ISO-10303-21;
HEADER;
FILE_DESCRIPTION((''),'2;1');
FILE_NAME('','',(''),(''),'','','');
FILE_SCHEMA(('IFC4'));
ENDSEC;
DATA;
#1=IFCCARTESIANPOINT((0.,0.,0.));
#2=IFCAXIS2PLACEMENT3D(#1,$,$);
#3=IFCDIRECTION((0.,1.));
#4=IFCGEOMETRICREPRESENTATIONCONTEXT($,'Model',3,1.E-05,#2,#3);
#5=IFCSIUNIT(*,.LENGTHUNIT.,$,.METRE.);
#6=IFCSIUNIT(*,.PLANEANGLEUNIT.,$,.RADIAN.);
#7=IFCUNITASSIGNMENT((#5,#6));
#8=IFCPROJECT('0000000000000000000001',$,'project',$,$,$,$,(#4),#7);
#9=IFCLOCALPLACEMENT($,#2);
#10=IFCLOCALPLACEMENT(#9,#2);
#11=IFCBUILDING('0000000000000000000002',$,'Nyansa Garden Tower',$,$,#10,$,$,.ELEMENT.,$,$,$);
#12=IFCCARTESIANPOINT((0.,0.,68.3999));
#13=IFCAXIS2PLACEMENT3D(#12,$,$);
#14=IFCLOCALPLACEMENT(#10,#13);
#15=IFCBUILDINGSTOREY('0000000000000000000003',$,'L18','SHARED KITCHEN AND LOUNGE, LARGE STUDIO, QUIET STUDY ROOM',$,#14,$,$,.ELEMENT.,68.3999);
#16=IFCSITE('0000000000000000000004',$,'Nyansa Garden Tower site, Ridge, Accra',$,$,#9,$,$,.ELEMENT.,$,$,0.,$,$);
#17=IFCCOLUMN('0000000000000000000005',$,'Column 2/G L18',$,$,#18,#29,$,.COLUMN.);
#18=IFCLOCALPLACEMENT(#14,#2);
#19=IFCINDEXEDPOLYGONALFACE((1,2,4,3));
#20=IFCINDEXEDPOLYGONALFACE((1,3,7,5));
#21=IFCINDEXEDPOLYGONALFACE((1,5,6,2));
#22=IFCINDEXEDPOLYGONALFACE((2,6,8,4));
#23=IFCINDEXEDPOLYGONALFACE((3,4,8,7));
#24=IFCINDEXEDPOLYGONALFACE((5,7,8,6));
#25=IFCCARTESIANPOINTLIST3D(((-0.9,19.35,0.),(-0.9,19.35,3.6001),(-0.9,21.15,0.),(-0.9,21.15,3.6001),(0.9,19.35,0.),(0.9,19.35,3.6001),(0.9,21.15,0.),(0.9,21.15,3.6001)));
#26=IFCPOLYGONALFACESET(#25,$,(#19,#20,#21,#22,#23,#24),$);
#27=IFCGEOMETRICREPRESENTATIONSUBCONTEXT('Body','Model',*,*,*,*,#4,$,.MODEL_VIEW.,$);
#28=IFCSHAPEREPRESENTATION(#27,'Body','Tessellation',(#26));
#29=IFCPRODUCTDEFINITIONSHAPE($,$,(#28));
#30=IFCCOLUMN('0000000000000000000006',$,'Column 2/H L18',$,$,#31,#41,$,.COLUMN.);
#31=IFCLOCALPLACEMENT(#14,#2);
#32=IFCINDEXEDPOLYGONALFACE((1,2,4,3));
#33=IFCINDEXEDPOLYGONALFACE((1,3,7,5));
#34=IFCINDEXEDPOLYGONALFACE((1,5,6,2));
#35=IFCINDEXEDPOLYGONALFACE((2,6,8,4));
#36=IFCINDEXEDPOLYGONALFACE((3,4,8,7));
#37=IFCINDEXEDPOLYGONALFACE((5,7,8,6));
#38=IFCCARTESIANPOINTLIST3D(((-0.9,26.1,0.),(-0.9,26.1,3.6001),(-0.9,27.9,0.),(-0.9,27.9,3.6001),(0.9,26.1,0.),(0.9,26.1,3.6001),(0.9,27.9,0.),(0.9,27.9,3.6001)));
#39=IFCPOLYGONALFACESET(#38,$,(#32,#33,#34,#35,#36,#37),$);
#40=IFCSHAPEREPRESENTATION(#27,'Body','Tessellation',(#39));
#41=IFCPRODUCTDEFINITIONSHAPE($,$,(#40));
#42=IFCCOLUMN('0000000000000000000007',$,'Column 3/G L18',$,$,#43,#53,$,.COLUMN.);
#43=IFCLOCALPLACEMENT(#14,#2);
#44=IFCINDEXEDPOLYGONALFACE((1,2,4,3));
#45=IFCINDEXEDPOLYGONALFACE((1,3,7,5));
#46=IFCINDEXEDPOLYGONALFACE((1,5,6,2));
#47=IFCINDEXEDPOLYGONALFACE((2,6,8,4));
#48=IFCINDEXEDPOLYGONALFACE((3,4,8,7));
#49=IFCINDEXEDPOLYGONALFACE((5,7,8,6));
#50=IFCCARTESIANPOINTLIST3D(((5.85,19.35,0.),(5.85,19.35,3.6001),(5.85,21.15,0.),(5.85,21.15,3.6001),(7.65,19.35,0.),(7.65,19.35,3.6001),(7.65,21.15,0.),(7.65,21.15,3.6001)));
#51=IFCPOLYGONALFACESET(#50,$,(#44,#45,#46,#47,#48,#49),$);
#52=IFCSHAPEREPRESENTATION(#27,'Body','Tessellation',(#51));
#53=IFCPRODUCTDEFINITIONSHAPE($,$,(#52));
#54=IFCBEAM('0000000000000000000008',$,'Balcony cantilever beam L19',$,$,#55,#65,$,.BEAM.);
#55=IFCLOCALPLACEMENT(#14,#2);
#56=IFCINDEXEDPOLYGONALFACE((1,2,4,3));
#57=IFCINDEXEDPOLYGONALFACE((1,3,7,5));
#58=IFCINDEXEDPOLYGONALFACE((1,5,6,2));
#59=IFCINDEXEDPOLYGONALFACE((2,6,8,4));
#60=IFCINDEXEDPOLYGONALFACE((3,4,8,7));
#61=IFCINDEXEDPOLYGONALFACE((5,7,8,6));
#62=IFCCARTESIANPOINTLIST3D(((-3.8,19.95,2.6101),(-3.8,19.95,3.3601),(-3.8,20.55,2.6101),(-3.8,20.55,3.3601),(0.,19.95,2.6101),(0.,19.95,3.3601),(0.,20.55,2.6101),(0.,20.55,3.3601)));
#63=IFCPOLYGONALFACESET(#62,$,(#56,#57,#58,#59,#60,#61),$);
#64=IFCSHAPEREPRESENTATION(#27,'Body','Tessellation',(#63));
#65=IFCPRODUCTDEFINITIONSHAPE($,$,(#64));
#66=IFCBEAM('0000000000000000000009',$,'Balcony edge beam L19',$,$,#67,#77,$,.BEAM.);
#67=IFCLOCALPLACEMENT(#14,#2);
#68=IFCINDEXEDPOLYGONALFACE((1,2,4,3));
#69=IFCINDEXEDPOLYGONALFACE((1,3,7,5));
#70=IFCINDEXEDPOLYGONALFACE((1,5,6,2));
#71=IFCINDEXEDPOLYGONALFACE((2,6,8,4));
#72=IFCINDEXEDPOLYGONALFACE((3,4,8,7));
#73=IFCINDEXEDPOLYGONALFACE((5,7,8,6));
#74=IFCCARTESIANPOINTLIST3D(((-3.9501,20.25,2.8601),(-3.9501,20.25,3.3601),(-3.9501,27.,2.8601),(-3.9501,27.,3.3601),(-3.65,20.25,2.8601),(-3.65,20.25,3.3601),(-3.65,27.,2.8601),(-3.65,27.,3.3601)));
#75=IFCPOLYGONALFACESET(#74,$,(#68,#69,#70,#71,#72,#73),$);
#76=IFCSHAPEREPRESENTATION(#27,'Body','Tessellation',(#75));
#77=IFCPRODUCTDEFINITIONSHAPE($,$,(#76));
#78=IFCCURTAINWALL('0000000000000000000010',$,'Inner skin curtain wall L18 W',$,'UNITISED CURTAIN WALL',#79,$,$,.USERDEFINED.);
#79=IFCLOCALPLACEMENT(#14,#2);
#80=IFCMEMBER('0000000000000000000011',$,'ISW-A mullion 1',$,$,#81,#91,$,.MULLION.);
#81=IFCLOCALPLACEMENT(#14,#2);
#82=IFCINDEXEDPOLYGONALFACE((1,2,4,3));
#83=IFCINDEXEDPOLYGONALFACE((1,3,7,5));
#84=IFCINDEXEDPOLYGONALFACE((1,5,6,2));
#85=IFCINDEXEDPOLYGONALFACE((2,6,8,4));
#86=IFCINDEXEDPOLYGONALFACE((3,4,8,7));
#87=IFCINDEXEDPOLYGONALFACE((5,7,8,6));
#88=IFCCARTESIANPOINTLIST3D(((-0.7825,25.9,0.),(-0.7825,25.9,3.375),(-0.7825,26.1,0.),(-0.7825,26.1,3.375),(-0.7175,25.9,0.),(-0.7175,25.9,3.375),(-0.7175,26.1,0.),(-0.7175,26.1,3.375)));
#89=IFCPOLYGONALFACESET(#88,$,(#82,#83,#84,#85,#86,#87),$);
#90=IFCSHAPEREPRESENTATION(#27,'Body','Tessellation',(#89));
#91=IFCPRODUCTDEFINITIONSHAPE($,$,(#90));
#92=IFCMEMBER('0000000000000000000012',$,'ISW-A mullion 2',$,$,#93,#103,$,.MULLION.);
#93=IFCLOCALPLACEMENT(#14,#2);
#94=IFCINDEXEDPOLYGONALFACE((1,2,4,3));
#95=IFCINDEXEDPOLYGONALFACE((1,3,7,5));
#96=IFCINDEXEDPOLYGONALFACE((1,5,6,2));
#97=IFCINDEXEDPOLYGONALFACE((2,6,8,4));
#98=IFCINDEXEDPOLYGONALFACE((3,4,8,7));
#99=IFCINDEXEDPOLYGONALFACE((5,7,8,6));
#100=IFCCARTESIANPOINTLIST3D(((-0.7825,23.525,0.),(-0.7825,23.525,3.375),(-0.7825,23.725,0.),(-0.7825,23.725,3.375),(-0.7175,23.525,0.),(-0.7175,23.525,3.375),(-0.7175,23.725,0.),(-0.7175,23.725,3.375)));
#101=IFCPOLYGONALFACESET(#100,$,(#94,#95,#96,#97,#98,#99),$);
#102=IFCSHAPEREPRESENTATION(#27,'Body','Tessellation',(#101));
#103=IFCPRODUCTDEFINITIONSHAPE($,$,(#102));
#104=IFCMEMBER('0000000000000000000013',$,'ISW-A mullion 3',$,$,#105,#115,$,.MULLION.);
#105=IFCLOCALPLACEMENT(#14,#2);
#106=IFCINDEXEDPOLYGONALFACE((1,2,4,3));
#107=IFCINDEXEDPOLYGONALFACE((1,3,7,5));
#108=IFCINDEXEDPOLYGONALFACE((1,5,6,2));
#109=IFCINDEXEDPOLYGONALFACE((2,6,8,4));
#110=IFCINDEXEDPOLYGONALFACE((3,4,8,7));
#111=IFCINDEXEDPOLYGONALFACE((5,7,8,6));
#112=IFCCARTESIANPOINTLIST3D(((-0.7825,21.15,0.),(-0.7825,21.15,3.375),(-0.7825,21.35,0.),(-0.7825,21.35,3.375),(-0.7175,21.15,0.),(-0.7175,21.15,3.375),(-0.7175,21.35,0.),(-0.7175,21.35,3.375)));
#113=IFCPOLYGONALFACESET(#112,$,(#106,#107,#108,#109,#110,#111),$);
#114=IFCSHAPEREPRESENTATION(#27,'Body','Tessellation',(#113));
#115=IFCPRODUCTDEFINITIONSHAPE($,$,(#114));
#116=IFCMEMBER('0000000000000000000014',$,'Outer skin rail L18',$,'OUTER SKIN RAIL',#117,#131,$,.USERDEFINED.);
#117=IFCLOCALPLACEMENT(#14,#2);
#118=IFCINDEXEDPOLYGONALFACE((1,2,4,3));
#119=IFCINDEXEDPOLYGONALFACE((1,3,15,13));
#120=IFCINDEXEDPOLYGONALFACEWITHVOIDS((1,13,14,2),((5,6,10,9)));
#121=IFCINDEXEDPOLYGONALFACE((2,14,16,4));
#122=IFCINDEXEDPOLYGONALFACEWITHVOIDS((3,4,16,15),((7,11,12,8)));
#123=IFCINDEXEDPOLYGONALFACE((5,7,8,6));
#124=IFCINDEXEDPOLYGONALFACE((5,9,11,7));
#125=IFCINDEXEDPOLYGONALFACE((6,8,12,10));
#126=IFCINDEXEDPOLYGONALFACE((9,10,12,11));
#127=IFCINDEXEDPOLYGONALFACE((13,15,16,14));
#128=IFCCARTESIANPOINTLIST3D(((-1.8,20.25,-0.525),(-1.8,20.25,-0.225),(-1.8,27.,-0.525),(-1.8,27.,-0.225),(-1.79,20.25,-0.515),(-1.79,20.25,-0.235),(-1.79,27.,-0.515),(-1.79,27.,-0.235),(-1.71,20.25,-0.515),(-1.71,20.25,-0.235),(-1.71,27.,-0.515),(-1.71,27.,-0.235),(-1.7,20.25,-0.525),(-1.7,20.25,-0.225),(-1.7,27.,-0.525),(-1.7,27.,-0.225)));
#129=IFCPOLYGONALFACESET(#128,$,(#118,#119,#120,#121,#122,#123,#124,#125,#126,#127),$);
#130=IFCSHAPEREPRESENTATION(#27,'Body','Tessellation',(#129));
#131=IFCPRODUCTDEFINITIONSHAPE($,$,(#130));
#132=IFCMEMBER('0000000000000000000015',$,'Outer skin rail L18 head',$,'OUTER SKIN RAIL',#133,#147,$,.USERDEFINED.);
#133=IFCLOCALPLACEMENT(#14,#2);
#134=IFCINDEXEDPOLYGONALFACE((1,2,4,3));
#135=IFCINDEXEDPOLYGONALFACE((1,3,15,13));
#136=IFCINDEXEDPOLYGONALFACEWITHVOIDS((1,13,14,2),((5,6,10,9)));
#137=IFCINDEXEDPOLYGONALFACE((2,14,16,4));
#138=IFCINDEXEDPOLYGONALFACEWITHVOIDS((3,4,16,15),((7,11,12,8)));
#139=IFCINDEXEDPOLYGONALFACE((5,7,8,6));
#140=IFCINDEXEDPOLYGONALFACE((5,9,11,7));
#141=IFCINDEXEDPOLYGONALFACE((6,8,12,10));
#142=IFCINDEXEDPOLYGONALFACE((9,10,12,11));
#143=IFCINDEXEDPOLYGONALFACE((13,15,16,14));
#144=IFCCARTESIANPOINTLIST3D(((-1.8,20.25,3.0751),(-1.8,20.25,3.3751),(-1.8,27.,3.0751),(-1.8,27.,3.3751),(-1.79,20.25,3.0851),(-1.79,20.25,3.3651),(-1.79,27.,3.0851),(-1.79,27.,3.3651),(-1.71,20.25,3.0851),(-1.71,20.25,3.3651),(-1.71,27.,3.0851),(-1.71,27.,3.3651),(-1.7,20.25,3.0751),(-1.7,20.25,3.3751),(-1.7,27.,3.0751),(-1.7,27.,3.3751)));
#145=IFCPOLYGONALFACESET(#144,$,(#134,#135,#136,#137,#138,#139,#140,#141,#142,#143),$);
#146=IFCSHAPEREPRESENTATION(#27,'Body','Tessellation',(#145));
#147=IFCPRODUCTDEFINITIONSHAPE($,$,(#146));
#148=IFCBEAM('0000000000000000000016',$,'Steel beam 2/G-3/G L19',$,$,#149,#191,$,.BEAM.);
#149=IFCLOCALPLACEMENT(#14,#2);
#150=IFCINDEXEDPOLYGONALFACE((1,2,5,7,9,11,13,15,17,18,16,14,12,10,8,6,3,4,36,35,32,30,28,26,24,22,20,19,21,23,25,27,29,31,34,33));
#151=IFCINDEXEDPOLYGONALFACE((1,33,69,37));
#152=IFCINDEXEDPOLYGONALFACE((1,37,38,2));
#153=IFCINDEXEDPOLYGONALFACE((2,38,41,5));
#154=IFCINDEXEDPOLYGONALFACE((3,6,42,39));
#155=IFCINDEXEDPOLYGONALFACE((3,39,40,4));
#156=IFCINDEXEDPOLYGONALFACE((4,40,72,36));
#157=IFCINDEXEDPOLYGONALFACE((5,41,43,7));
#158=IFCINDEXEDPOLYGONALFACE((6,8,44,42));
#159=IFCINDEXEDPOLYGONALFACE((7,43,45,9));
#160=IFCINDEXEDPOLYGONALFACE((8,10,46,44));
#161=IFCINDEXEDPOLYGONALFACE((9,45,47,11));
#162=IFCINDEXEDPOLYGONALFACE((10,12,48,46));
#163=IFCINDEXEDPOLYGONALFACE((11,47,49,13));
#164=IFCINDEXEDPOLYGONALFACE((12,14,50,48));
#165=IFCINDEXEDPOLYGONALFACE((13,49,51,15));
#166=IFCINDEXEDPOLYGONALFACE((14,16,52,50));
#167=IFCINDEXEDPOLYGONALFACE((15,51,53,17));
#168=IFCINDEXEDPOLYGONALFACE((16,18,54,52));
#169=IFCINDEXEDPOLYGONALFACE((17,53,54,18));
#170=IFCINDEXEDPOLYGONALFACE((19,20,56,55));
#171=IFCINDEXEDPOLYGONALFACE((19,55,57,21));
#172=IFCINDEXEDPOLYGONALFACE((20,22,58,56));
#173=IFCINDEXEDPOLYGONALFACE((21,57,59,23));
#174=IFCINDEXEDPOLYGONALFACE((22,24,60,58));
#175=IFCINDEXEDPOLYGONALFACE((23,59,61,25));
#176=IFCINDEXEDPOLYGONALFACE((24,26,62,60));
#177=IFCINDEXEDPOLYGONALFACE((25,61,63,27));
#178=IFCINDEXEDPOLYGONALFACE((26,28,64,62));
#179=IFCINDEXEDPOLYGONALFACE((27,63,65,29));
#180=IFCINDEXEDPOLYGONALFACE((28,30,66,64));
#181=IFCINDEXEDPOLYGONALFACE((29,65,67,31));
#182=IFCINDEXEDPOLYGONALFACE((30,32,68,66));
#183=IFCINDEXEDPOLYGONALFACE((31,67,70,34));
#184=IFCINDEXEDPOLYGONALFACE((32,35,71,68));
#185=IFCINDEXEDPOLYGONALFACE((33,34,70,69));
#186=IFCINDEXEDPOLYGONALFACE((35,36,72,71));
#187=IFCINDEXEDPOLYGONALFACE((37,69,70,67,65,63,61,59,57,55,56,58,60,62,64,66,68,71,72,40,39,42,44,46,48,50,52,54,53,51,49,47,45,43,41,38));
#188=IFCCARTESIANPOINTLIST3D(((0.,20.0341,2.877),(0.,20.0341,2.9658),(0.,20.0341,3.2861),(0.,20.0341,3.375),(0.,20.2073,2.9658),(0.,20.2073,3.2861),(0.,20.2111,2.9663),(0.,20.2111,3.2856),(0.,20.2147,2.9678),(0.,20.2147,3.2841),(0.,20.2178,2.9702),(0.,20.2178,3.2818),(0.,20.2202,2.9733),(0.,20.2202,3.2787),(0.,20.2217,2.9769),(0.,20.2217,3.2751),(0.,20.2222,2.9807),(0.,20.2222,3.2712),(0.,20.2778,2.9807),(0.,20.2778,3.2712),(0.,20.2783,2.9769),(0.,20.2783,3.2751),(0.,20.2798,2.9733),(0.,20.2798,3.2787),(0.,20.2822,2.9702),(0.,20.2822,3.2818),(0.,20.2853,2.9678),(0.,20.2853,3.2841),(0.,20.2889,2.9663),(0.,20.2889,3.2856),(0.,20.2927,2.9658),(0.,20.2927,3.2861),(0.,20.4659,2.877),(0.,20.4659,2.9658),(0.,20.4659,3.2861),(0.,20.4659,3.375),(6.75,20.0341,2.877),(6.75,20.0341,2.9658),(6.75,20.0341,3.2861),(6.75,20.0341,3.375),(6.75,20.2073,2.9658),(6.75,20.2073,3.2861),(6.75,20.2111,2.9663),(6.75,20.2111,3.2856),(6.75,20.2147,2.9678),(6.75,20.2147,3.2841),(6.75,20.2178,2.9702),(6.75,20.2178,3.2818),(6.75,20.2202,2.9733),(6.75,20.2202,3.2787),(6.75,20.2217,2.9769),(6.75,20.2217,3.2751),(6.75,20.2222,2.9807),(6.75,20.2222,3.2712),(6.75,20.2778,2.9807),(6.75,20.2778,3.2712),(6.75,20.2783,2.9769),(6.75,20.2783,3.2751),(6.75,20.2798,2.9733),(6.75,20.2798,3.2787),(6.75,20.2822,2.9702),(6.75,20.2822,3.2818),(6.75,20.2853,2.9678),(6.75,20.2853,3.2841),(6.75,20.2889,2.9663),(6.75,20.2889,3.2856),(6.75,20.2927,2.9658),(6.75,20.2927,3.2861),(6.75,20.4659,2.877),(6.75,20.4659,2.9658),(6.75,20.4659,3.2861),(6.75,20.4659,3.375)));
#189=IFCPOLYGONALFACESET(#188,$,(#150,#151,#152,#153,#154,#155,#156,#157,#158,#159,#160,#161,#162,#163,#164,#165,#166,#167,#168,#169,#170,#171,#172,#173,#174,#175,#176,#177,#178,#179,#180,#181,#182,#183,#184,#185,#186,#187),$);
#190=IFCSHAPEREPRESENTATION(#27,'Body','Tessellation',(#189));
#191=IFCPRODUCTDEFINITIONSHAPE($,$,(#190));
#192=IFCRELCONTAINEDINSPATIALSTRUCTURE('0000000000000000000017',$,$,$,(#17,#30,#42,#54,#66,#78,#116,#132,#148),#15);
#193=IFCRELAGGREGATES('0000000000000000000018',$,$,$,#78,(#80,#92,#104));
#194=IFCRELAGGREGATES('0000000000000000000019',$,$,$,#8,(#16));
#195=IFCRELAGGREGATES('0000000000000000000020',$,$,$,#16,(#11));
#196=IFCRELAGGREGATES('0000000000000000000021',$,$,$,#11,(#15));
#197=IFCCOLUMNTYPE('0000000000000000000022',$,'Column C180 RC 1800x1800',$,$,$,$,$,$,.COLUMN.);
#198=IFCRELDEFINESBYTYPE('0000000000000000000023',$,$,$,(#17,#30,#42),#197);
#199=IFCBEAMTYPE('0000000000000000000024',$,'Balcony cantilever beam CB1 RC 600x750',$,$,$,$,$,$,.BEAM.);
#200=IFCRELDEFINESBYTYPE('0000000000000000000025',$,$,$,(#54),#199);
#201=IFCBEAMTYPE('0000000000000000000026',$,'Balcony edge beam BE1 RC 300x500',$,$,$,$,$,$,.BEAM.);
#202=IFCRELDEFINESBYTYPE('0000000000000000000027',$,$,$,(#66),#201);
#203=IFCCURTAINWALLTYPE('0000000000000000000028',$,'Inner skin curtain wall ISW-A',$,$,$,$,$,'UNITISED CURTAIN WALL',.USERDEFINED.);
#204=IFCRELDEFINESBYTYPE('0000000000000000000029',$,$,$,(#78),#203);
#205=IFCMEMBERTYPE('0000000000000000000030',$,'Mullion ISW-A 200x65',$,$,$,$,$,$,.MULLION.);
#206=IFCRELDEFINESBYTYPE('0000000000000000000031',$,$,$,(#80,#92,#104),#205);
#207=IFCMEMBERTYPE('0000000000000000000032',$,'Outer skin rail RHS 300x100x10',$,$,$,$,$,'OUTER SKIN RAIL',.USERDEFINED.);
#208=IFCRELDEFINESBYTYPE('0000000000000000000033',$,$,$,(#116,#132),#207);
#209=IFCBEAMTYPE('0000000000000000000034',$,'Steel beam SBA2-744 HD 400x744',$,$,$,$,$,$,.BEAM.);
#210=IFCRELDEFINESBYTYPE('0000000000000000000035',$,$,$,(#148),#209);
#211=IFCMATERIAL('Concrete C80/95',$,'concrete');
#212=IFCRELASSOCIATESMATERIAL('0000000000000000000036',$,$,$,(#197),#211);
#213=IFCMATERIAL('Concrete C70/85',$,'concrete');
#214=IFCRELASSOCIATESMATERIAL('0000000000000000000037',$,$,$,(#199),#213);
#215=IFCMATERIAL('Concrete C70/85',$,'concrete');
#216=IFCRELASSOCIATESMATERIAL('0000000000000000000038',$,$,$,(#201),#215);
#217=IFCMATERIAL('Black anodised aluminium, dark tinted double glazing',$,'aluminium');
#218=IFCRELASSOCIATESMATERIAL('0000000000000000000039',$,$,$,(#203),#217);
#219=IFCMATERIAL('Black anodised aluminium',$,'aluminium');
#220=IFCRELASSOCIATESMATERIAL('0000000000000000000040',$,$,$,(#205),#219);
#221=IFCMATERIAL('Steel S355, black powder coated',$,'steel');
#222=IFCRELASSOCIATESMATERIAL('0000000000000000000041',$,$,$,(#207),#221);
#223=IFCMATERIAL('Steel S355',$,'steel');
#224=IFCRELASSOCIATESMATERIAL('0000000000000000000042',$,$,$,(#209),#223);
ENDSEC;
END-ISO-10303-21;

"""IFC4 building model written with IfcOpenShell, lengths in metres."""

from ifc_helpers import new_model, si_unit, direction, frame, origin, origin_2d, place, context, subcontext, project, spatial, rectangle, hollow_rectangle, i_section, extrude, material, material_profile, profile_set, type_object, element, aggregate, save


model = new_model("IFC4")

# Units and contexts
model_context = context("Model", 3, precision=1e-05, world=origin(), true_north=direction((0.0, 1.0)))
body_context = subcontext(model_context, "Body", "Model", "MODEL_VIEW")
ifc_project = project(units=[si_unit("LENGTHUNIT", "METRE"), si_unit("PLANEANGLEUNIT", "RADIAN")], contexts=[model_context])

# Site, building, storey
site_placement = place(None, origin())
site = spatial("IfcSite", under=ifc_project, at=site_placement, Name="Nyansa Garden Tower site, Ridge, Accra", CompositionType="ELEMENT", RefElevation=0.0)
building_placement = place(site_placement, origin())
building = spatial("IfcBuilding", under=site, at=building_placement, Name="Nyansa Garden Tower", CompositionType="ELEMENT")
storey_placement = place(building_placement, frame((0.0, 0.0, 68.3999)))
storey = spatial("IfcBuildingStorey", under=building, at=storey_placement, Name="L18", Description="SHARED KITCHEN AND LOUNGE, LARGE STUDIO, QUIET STUDY ROOM", CompositionType="ELEMENT", Elevation=68.3999)

# Columns
ifc_material_1 = material(Name="Concrete C80/95", Category="concrete")
ifc_material_profile_1 = material_profile(ifc_material_1, rectangle(XDim=1.8, YDim=1.8, at=origin_2d()), Name="RC 1800x1800")
ifc_profile_set_1 = profile_set([ifc_material_profile_1], Name="Concrete C80/95")
column_type = type_object("IfcColumnType", Name="Column C180 RC 1800x1800", PredefinedType="COLUMN", material=ifc_profile_set_1)
for number, where, z_axis, x_axis, name in (
    (1, (0.0, 20.25, 0.0), (0.0, 0.0, 1.0), (1.0, 0.0, 0.0), "Column 2/G L18"),
    (2, (0.0, 27.0, 0.0), (0.0, 0.0, 1.0), (1.0, 0.0, 0.0), "Column 2/H L18"),
    (3, (6.75, 20.25, 0.0), (0.0, 0.0, 1.0), (1.0, 0.0, 0.0), "Column 3/G L18"),
):
    element("IfcColumn", number, at=place(storey_placement, frame(where, z_axis=z_axis, x_axis=x_axis)), inside=storey, type_object=column_type, Name=name, PredefinedType="COLUMN", context=body_context, shape_type="SweptSolid", body=[
        extrude(rectangle(XDim=1.8, YDim=1.8, at=origin_2d()), origin(), (0.0, 0.0, 1.0), 3.6001),
    ])

# Beams
ifc_material_2 = material(Name="Concrete C70/85", Category="concrete")
ifc_material_profile_2 = material_profile(ifc_material_2, rectangle(XDim=0.6001, YDim=0.75, at=origin_2d()), Name="RC 600x750")
ifc_profile_set_2 = profile_set([ifc_material_profile_2], Name="Concrete C70/85")
beam_type_1 = type_object("IfcBeamType", Name="Balcony cantilever beam CB1 RC 600x750", PredefinedType="BEAM", material=ifc_profile_set_2)
beam_1_placement = place(storey_placement, frame((0.0, 20.25, 2.9851), z_axis=(-1.0, 0.0, 0.0), x_axis=(0.0, -1.0, 0.0)))
element("IfcBeam", 4, at=beam_1_placement, inside=storey, type_object=beam_type_1, Name="Balcony cantilever beam L19", PredefinedType="BEAM", context=body_context, shape_type="SweptSolid", body=[
    extrude(rectangle(XDim=0.6001, YDim=0.75, at=origin_2d()), origin(), (0.0, 0.0, 1.0), 3.8),
])
ifc_material_3 = material(Name="Concrete C70/85", Category="concrete")
ifc_material_profile_3 = material_profile(ifc_material_3, rectangle(XDim=0.3, YDim=0.5, at=origin_2d()), Name="RC 300x500")
ifc_profile_set_3 = profile_set([ifc_material_profile_3], Name="Concrete C70/85")
beam_type_2 = type_object("IfcBeamType", Name="Balcony edge beam BE1 RC 300x500", PredefinedType="BEAM", material=ifc_profile_set_3)
beam_2_placement = place(storey_placement, frame((-3.8, 20.25, 3.1101), z_axis=(0.0, 1.0, 0.0), x_axis=(-1.0, 0.0, 0.0)))
element("IfcBeam", 5, at=beam_2_placement, inside=storey, type_object=beam_type_2, Name="Balcony edge beam L19", PredefinedType="BEAM", context=body_context, shape_type="SweptSolid", body=[
    extrude(rectangle(XDim=0.3, YDim=0.5, at=origin_2d()), origin(), (0.0, 0.0, 1.0), 6.75),
])

# Curtain wall, members
ifc_material_4 = material(Name="Black anodised aluminium, dark tinted double glazing", Category="aluminium")
curtain_wall_type = type_object("IfcCurtainWallType", Name="Inner skin curtain wall ISW-A", ElementType="UNITISED CURTAIN WALL", PredefinedType="USERDEFINED", material=ifc_material_4)
curtain_wall_placement = place(storey_placement, origin())
curtain_wall = element("IfcCurtainWall", 6, at=curtain_wall_placement, inside=storey, type_object=curtain_wall_type, Name="Inner skin curtain wall L18 W", ObjectType="UNITISED CURTAIN WALL", PredefinedType="USERDEFINED")
ifc_material_5 = material(Name="Black anodised aluminium", Category="aluminium")
ifc_material_profile_4 = material_profile(ifc_material_5, rectangle(XDim=0.0649, YDim=0.2, at=origin_2d()), Name="Mullion 200x65")
ifc_profile_set_4 = profile_set([ifc_material_profile_4], Name="Black anodised aluminium")
member_type_1 = type_object("IfcMemberType", Name="Mullion ISW-A 200x65", PredefinedType="MULLION", material=ifc_profile_set_4)
member_1_placement = place(storey_placement, frame((-0.75, 26.0, 0.0), z_axis=(0.0, 0.0, 1.0), x_axis=(1.0, 0.0, 0.0)))
member_1 = element("IfcMember", 7, at=member_1_placement, type_object=member_type_1, Name="ISW-A mullion 1", PredefinedType="MULLION", context=body_context, shape_type="SweptSolid", body=[
    extrude(rectangle(XDim=0.0649, YDim=0.2, at=origin_2d()), origin(), (0.0, 0.0, 1.0), 3.375),
])
member_2_placement = place(storey_placement, frame((-0.75, 23.625, 0.0), z_axis=(0.0, 0.0, 1.0), x_axis=(1.0, 0.0, 0.0)))
member_2 = element("IfcMember", 8, at=member_2_placement, type_object=member_type_1, Name="ISW-A mullion 2", PredefinedType="MULLION", context=body_context, shape_type="SweptSolid", body=[
    extrude(rectangle(XDim=0.0649, YDim=0.2, at=origin_2d()), origin(), (0.0, 0.0, 1.0), 3.375),
])
member_3_placement = place(storey_placement, frame((-0.75, 21.25, 0.0), z_axis=(0.0, 0.0, 1.0), x_axis=(1.0, 0.0, 0.0)))
member_3 = element("IfcMember", 9, at=member_3_placement, type_object=member_type_1, Name="ISW-A mullion 3", PredefinedType="MULLION", context=body_context, shape_type="SweptSolid", body=[
    extrude(rectangle(XDim=0.0649, YDim=0.2, at=origin_2d()), origin(), (0.0, 0.0, 1.0), 3.375),
])

# Members
ifc_material_6 = material(Name="Steel S355, black powder coated", Category="steel")
ifc_material_profile_5 = material_profile(ifc_material_6, hollow_rectangle(XDim=0.1001, YDim=0.3, WallThickness=0.01, at=origin_2d()), Name="RHS 300x100x10")
ifc_profile_set_5 = profile_set([ifc_material_profile_5], Name="Steel S355, black powder coated")
member_type_2 = type_object("IfcMemberType", Name="Outer skin rail RHS 300x100x10", ElementType="OUTER SKIN RAIL", PredefinedType="USERDEFINED", material=ifc_profile_set_5)
for number, where, z_axis, x_axis, name in (
    (10, (-1.75, 20.25, -0.375), (0.0, 1.0, 0.0), (-1.0, 0.0, 0.0), "Outer skin rail L18"),
    (11, (-1.75, 20.25, 3.2251), (0.0, 1.0, 0.0), (-1.0, 0.0, 0.0), "Outer skin rail L18 head"),
):
    element("IfcMember", number, at=place(storey_placement, frame(where, z_axis=z_axis, x_axis=x_axis)), inside=storey, type_object=member_type_2, Name=name, ObjectType="OUTER SKIN RAIL", PredefinedType="USERDEFINED", context=body_context, shape_type="SweptSolid", body=[
        extrude(hollow_rectangle(XDim=0.1001, YDim=0.3, WallThickness=0.01, at=origin_2d()), origin(), (0.0, 0.0, 1.0), 6.75),
    ])

# Beam
ifc_material_7 = material(Name="Steel S355", Category="steel")
ifc_material_profile_6 = material_profile(ifc_material_7, i_section(OverallWidth=0.4319, OverallDepth=0.498, WebThickness=0.0557, FlangeThickness=0.0889, FilletRadius=0.0149, at=origin_2d()), Name="HD 400x744")
ifc_profile_set_6 = profile_set([ifc_material_profile_6], Name="Steel S355")
beam_type_3 = type_object("IfcBeamType", Name="Steel beam SBA2-744 HD 400x744", PredefinedType="BEAM", material=ifc_profile_set_6)
for number, where, z_axis, x_axis, name in (
    (12, (0.0, 20.25, 3.126), (1.0, 0.0, 0.0), (0.0, 1.0, 0.0), "Steel beam 2/G-3/G L19"),
):
    element("IfcBeam", number, at=place(storey_placement, frame(where, z_axis=z_axis, x_axis=x_axis)), inside=storey, type_object=beam_type_3, Name=name, PredefinedType="BEAM", context=body_context, shape_type="SweptSolid", body=[
        extrude(i_section(OverallWidth=0.4319, OverallDepth=0.498, WebThickness=0.0557, FlangeThickness=0.0889, FilletRadius=0.0149, at=origin_2d()), origin(), (0.0, 0.0, 1.0), 6.75),
    ])

aggregate(curtain_wall, [member_1, member_2, member_3])

save(model, "model.ifc")
